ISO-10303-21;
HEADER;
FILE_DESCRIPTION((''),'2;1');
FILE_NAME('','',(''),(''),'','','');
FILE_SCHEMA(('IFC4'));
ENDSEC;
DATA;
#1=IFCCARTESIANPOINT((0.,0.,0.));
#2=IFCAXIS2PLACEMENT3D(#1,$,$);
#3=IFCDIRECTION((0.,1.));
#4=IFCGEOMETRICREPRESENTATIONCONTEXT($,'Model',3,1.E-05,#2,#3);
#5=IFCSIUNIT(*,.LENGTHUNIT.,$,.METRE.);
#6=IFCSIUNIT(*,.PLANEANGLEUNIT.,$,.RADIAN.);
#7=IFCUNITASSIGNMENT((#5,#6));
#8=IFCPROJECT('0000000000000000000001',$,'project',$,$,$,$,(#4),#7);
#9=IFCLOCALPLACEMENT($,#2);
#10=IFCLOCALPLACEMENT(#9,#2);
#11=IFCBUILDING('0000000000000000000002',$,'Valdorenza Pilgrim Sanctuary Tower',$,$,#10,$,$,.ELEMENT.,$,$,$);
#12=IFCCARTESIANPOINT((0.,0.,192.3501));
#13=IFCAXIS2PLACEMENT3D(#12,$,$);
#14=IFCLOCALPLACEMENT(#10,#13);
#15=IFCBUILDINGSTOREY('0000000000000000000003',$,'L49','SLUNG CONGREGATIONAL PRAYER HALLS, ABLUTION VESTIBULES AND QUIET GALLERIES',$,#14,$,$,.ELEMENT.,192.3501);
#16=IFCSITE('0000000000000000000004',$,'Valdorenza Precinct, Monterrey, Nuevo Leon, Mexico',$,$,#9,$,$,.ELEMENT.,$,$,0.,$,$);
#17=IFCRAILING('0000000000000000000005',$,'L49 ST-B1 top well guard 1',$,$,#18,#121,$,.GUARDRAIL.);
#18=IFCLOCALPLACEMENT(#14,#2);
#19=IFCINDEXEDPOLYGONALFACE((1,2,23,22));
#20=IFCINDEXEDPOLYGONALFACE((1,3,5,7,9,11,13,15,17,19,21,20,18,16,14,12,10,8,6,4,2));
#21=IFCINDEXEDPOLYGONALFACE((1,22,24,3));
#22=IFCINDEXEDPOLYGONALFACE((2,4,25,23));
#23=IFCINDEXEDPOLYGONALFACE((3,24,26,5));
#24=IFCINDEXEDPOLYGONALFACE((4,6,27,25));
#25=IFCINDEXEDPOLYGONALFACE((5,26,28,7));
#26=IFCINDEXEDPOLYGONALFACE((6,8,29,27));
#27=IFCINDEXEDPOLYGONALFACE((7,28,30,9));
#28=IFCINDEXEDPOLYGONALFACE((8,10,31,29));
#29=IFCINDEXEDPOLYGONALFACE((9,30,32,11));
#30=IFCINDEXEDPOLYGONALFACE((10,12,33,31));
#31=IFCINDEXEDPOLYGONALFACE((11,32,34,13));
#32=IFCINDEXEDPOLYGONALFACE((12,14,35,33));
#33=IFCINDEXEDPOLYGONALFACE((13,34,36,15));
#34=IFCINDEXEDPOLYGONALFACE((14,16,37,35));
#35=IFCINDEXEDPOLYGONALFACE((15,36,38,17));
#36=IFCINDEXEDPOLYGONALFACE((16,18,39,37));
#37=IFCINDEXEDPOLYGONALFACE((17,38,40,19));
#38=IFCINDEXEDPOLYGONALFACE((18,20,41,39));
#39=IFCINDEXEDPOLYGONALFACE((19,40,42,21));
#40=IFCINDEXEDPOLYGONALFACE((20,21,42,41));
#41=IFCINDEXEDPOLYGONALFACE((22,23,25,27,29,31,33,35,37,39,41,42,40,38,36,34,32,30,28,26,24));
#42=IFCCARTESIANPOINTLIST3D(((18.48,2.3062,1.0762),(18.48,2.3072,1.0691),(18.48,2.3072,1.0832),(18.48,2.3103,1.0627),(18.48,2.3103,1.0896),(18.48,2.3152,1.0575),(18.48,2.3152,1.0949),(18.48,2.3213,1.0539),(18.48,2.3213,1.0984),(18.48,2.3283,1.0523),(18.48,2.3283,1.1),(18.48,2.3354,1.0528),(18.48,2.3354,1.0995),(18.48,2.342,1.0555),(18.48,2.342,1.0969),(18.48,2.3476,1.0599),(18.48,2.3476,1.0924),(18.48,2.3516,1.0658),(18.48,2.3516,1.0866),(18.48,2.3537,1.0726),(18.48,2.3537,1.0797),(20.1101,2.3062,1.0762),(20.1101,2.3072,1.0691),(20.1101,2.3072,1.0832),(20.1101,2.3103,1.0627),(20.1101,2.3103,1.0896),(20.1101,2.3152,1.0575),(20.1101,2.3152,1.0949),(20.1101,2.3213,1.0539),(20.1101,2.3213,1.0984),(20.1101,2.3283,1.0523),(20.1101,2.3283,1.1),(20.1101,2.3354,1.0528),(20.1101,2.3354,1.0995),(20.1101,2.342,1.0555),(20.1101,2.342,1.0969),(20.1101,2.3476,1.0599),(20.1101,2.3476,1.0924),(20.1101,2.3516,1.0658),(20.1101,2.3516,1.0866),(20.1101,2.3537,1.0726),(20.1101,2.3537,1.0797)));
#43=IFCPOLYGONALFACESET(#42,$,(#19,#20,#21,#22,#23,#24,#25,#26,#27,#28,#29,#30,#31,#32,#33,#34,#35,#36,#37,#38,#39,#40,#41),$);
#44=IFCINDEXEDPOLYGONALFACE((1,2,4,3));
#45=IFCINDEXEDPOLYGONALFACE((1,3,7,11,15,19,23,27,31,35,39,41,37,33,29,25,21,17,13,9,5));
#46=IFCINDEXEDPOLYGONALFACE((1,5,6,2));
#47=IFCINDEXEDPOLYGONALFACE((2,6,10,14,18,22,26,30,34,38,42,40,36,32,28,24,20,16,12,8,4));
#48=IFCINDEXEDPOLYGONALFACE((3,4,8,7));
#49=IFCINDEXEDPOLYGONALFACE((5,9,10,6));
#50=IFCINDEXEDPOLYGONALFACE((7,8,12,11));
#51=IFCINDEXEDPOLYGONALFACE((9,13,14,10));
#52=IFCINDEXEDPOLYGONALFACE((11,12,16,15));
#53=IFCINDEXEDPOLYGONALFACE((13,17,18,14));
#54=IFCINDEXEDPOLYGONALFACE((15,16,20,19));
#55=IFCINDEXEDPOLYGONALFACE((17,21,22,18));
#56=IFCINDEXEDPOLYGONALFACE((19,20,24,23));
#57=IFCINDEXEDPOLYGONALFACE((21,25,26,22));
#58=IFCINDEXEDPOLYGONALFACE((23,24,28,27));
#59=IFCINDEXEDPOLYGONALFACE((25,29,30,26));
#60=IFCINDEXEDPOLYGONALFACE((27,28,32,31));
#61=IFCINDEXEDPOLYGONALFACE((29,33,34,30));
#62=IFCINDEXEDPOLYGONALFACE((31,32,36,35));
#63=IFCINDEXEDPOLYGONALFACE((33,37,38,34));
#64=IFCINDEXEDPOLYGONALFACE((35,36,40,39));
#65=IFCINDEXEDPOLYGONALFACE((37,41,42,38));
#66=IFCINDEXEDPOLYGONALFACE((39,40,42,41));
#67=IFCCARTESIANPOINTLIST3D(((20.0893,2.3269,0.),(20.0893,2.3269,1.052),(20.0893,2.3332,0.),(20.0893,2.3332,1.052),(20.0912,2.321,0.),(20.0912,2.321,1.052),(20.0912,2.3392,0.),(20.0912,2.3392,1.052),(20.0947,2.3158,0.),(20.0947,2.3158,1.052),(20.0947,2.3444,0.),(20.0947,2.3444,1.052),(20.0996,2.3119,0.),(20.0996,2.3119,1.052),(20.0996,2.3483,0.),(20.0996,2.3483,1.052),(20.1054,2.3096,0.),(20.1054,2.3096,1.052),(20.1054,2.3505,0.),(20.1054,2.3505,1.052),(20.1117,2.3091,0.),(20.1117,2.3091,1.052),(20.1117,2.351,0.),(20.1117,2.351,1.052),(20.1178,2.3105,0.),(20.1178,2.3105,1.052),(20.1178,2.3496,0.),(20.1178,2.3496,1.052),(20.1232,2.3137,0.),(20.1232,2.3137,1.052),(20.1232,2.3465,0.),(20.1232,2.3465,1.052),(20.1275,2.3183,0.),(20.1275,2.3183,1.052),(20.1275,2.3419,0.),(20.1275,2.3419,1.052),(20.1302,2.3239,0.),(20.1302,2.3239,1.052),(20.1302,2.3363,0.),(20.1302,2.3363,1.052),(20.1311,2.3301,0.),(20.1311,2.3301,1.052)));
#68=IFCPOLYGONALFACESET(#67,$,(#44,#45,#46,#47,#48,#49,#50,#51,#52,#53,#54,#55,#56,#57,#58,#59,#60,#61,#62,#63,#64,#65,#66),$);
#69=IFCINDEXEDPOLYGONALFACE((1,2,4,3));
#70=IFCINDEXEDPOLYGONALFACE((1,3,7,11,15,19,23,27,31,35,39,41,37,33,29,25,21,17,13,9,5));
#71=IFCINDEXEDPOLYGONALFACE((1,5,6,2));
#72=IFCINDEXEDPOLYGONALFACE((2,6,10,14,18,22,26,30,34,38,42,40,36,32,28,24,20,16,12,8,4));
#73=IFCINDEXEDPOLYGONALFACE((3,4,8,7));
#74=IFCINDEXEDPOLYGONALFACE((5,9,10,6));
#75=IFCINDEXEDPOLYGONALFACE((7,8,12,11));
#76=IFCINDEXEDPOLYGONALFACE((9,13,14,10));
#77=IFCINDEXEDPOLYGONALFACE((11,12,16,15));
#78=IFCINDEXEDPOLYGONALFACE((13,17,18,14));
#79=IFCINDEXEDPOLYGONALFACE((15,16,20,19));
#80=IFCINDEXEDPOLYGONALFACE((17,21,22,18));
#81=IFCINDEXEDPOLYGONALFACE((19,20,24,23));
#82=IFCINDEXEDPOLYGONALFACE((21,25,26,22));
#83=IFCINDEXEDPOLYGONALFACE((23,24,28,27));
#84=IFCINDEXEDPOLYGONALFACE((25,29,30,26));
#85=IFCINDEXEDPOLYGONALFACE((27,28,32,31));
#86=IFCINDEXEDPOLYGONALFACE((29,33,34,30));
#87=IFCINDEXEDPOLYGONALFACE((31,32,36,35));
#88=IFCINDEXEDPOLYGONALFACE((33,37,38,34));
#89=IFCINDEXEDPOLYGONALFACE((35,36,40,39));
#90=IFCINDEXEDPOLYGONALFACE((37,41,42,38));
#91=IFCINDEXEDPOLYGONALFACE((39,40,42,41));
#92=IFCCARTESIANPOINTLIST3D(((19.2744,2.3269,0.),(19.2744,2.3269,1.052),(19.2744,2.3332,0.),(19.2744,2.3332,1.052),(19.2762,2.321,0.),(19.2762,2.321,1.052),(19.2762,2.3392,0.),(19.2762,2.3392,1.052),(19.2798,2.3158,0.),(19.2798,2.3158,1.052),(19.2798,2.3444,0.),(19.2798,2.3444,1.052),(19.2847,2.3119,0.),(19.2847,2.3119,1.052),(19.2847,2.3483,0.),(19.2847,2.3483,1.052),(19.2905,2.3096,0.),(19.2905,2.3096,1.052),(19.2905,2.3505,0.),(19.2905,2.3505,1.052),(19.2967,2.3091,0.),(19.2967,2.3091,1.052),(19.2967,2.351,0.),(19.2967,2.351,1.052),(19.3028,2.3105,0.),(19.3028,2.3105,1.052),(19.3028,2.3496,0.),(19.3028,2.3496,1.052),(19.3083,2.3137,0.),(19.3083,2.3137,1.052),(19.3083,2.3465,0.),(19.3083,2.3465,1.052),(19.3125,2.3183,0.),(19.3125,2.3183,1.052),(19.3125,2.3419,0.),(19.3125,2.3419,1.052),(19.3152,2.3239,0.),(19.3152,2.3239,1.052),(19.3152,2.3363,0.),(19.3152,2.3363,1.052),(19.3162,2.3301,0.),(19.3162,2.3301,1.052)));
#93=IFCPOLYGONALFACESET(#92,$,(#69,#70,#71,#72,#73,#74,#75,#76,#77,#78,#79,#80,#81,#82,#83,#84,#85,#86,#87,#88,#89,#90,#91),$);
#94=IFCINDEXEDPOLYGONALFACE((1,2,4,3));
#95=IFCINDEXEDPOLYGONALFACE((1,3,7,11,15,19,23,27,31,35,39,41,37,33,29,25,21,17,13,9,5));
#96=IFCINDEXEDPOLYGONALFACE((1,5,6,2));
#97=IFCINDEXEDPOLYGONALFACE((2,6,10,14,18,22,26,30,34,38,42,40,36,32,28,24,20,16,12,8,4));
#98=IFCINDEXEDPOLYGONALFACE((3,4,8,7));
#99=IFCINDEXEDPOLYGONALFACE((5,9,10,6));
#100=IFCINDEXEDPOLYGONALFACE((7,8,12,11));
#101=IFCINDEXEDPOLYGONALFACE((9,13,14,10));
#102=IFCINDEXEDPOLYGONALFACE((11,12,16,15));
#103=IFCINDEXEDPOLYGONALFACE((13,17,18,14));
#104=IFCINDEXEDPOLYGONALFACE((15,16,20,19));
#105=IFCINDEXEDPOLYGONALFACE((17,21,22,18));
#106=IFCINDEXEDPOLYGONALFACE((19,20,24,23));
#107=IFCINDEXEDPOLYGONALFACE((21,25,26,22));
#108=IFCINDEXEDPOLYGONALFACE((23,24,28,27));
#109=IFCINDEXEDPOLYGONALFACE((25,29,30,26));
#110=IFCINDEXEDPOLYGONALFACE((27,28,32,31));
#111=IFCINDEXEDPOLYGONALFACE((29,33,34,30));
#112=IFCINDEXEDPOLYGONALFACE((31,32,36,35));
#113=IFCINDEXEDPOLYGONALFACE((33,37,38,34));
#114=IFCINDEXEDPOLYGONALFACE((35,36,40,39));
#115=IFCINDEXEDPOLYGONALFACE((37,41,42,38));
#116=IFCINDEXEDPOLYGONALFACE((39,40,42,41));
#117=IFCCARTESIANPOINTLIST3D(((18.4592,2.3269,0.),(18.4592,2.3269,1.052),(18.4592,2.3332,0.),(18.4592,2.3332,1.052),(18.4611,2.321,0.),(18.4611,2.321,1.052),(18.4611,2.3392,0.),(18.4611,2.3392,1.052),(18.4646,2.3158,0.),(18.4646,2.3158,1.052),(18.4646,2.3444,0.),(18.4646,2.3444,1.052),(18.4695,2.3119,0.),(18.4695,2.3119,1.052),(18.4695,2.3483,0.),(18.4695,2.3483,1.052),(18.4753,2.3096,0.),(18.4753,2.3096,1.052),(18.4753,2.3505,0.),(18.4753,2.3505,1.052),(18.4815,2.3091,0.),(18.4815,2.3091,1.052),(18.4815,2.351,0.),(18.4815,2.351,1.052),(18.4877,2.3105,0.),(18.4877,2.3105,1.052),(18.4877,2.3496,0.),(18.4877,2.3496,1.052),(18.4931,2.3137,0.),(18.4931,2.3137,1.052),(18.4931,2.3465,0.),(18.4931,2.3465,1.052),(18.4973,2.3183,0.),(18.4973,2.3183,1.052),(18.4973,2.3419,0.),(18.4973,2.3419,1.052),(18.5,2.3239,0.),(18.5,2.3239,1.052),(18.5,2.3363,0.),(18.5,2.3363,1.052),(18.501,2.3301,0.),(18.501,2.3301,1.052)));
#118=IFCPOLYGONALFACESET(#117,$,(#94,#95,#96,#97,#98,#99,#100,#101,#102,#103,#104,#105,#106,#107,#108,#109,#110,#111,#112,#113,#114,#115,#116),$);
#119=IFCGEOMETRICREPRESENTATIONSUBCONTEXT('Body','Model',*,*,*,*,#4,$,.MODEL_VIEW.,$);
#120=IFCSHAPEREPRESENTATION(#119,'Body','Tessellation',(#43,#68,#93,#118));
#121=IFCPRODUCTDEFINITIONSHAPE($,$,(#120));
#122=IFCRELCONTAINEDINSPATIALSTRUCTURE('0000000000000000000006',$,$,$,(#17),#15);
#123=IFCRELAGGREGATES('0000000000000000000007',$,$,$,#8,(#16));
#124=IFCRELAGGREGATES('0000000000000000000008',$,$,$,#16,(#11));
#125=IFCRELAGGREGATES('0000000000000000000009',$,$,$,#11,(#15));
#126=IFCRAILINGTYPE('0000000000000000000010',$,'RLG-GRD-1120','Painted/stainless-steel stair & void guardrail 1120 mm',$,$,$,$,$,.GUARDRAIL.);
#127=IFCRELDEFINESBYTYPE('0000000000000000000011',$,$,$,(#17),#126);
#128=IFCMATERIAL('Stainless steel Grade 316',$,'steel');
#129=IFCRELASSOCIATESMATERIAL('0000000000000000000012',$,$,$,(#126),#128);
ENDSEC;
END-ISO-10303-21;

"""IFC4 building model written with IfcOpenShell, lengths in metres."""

from ifc_helpers import new_model, si_unit, direction, frame, origin, origin_2d, place, context, subcontext, project, spatial, circle, extrude, material, type_object, element, save


model = new_model("IFC4")

# Units and contexts
model_context = context("Model", 3, precision=1e-05, world=origin(), true_north=direction((0.0, 1.0)))
body_context = subcontext(model_context, "Body", "Model", "MODEL_VIEW")
ifc_project = project(units=[si_unit("LENGTHUNIT", "METRE"), si_unit("PLANEANGLEUNIT", "RADIAN")], contexts=[model_context])

# Site, building, storey
site_placement = place(None, origin())
site = spatial("IfcSite", under=ifc_project, at=site_placement, Name="Valdorenza Precinct, Monterrey, Nuevo Leon, Mexico", CompositionType="ELEMENT", RefElevation=0.0)
building_placement = place(site_placement, origin())
building = spatial("IfcBuilding", under=site, at=building_placement, Name="Valdorenza Pilgrim Sanctuary Tower", CompositionType="ELEMENT")
storey_placement = place(building_placement, frame((0.0, 0.0, 192.3501)))
storey = spatial("IfcBuildingStorey", under=building, at=storey_placement, Name="L49", Description="SLUNG CONGREGATIONAL PRAYER HALLS, ABLUTION VESTIBULES AND QUIET GALLERIES", CompositionType="ELEMENT", Elevation=192.3501)

# Railing
ifc_material_1 = material(Name="Stainless steel Grade 316", Category="steel")
railing_type = type_object("IfcRailingType", Name="RLG-GRD-1120", Description="Painted/stainless-steel stair & void guardrail 1120 mm", PredefinedType="GUARDRAIL", material=ifc_material_1)
railing_1_placement = place(storey_placement, frame((20.1101, 2.3301, 0.0)))
element("IfcRailing", 1, at=railing_1_placement, inside=storey, type_object=railing_type, Name="L49 ST-B1 top well guard 1", PredefinedType="GUARDRAIL", context=body_context, shape_type="SweptSolid", body=[
    extrude(circle(Radius=0.0239, at=origin_2d()), frame((0.0, 0.0, 1.0762), z_axis=(-1.0, 0.0, 0.0), x_axis=(0.0, -1.0, 0.0)), (0.0, 0.0, 1.0), 1.6301),
    extrude(circle(Radius=0.021, at=origin_2d()), origin(), (0.0, 0.0, 1.0), 1.052),
    extrude(circle(Radius=0.021, at=origin_2d()), frame((-0.8149, 0.0, 0.0)), (0.0, 0.0, 1.0), 1.052),
    extrude(circle(Radius=0.021, at=origin_2d()), frame((-1.6301, 0.0, 0.0)), (0.0, 0.0, 1.0), 1.052),
])

save(model, "model.ifc")
